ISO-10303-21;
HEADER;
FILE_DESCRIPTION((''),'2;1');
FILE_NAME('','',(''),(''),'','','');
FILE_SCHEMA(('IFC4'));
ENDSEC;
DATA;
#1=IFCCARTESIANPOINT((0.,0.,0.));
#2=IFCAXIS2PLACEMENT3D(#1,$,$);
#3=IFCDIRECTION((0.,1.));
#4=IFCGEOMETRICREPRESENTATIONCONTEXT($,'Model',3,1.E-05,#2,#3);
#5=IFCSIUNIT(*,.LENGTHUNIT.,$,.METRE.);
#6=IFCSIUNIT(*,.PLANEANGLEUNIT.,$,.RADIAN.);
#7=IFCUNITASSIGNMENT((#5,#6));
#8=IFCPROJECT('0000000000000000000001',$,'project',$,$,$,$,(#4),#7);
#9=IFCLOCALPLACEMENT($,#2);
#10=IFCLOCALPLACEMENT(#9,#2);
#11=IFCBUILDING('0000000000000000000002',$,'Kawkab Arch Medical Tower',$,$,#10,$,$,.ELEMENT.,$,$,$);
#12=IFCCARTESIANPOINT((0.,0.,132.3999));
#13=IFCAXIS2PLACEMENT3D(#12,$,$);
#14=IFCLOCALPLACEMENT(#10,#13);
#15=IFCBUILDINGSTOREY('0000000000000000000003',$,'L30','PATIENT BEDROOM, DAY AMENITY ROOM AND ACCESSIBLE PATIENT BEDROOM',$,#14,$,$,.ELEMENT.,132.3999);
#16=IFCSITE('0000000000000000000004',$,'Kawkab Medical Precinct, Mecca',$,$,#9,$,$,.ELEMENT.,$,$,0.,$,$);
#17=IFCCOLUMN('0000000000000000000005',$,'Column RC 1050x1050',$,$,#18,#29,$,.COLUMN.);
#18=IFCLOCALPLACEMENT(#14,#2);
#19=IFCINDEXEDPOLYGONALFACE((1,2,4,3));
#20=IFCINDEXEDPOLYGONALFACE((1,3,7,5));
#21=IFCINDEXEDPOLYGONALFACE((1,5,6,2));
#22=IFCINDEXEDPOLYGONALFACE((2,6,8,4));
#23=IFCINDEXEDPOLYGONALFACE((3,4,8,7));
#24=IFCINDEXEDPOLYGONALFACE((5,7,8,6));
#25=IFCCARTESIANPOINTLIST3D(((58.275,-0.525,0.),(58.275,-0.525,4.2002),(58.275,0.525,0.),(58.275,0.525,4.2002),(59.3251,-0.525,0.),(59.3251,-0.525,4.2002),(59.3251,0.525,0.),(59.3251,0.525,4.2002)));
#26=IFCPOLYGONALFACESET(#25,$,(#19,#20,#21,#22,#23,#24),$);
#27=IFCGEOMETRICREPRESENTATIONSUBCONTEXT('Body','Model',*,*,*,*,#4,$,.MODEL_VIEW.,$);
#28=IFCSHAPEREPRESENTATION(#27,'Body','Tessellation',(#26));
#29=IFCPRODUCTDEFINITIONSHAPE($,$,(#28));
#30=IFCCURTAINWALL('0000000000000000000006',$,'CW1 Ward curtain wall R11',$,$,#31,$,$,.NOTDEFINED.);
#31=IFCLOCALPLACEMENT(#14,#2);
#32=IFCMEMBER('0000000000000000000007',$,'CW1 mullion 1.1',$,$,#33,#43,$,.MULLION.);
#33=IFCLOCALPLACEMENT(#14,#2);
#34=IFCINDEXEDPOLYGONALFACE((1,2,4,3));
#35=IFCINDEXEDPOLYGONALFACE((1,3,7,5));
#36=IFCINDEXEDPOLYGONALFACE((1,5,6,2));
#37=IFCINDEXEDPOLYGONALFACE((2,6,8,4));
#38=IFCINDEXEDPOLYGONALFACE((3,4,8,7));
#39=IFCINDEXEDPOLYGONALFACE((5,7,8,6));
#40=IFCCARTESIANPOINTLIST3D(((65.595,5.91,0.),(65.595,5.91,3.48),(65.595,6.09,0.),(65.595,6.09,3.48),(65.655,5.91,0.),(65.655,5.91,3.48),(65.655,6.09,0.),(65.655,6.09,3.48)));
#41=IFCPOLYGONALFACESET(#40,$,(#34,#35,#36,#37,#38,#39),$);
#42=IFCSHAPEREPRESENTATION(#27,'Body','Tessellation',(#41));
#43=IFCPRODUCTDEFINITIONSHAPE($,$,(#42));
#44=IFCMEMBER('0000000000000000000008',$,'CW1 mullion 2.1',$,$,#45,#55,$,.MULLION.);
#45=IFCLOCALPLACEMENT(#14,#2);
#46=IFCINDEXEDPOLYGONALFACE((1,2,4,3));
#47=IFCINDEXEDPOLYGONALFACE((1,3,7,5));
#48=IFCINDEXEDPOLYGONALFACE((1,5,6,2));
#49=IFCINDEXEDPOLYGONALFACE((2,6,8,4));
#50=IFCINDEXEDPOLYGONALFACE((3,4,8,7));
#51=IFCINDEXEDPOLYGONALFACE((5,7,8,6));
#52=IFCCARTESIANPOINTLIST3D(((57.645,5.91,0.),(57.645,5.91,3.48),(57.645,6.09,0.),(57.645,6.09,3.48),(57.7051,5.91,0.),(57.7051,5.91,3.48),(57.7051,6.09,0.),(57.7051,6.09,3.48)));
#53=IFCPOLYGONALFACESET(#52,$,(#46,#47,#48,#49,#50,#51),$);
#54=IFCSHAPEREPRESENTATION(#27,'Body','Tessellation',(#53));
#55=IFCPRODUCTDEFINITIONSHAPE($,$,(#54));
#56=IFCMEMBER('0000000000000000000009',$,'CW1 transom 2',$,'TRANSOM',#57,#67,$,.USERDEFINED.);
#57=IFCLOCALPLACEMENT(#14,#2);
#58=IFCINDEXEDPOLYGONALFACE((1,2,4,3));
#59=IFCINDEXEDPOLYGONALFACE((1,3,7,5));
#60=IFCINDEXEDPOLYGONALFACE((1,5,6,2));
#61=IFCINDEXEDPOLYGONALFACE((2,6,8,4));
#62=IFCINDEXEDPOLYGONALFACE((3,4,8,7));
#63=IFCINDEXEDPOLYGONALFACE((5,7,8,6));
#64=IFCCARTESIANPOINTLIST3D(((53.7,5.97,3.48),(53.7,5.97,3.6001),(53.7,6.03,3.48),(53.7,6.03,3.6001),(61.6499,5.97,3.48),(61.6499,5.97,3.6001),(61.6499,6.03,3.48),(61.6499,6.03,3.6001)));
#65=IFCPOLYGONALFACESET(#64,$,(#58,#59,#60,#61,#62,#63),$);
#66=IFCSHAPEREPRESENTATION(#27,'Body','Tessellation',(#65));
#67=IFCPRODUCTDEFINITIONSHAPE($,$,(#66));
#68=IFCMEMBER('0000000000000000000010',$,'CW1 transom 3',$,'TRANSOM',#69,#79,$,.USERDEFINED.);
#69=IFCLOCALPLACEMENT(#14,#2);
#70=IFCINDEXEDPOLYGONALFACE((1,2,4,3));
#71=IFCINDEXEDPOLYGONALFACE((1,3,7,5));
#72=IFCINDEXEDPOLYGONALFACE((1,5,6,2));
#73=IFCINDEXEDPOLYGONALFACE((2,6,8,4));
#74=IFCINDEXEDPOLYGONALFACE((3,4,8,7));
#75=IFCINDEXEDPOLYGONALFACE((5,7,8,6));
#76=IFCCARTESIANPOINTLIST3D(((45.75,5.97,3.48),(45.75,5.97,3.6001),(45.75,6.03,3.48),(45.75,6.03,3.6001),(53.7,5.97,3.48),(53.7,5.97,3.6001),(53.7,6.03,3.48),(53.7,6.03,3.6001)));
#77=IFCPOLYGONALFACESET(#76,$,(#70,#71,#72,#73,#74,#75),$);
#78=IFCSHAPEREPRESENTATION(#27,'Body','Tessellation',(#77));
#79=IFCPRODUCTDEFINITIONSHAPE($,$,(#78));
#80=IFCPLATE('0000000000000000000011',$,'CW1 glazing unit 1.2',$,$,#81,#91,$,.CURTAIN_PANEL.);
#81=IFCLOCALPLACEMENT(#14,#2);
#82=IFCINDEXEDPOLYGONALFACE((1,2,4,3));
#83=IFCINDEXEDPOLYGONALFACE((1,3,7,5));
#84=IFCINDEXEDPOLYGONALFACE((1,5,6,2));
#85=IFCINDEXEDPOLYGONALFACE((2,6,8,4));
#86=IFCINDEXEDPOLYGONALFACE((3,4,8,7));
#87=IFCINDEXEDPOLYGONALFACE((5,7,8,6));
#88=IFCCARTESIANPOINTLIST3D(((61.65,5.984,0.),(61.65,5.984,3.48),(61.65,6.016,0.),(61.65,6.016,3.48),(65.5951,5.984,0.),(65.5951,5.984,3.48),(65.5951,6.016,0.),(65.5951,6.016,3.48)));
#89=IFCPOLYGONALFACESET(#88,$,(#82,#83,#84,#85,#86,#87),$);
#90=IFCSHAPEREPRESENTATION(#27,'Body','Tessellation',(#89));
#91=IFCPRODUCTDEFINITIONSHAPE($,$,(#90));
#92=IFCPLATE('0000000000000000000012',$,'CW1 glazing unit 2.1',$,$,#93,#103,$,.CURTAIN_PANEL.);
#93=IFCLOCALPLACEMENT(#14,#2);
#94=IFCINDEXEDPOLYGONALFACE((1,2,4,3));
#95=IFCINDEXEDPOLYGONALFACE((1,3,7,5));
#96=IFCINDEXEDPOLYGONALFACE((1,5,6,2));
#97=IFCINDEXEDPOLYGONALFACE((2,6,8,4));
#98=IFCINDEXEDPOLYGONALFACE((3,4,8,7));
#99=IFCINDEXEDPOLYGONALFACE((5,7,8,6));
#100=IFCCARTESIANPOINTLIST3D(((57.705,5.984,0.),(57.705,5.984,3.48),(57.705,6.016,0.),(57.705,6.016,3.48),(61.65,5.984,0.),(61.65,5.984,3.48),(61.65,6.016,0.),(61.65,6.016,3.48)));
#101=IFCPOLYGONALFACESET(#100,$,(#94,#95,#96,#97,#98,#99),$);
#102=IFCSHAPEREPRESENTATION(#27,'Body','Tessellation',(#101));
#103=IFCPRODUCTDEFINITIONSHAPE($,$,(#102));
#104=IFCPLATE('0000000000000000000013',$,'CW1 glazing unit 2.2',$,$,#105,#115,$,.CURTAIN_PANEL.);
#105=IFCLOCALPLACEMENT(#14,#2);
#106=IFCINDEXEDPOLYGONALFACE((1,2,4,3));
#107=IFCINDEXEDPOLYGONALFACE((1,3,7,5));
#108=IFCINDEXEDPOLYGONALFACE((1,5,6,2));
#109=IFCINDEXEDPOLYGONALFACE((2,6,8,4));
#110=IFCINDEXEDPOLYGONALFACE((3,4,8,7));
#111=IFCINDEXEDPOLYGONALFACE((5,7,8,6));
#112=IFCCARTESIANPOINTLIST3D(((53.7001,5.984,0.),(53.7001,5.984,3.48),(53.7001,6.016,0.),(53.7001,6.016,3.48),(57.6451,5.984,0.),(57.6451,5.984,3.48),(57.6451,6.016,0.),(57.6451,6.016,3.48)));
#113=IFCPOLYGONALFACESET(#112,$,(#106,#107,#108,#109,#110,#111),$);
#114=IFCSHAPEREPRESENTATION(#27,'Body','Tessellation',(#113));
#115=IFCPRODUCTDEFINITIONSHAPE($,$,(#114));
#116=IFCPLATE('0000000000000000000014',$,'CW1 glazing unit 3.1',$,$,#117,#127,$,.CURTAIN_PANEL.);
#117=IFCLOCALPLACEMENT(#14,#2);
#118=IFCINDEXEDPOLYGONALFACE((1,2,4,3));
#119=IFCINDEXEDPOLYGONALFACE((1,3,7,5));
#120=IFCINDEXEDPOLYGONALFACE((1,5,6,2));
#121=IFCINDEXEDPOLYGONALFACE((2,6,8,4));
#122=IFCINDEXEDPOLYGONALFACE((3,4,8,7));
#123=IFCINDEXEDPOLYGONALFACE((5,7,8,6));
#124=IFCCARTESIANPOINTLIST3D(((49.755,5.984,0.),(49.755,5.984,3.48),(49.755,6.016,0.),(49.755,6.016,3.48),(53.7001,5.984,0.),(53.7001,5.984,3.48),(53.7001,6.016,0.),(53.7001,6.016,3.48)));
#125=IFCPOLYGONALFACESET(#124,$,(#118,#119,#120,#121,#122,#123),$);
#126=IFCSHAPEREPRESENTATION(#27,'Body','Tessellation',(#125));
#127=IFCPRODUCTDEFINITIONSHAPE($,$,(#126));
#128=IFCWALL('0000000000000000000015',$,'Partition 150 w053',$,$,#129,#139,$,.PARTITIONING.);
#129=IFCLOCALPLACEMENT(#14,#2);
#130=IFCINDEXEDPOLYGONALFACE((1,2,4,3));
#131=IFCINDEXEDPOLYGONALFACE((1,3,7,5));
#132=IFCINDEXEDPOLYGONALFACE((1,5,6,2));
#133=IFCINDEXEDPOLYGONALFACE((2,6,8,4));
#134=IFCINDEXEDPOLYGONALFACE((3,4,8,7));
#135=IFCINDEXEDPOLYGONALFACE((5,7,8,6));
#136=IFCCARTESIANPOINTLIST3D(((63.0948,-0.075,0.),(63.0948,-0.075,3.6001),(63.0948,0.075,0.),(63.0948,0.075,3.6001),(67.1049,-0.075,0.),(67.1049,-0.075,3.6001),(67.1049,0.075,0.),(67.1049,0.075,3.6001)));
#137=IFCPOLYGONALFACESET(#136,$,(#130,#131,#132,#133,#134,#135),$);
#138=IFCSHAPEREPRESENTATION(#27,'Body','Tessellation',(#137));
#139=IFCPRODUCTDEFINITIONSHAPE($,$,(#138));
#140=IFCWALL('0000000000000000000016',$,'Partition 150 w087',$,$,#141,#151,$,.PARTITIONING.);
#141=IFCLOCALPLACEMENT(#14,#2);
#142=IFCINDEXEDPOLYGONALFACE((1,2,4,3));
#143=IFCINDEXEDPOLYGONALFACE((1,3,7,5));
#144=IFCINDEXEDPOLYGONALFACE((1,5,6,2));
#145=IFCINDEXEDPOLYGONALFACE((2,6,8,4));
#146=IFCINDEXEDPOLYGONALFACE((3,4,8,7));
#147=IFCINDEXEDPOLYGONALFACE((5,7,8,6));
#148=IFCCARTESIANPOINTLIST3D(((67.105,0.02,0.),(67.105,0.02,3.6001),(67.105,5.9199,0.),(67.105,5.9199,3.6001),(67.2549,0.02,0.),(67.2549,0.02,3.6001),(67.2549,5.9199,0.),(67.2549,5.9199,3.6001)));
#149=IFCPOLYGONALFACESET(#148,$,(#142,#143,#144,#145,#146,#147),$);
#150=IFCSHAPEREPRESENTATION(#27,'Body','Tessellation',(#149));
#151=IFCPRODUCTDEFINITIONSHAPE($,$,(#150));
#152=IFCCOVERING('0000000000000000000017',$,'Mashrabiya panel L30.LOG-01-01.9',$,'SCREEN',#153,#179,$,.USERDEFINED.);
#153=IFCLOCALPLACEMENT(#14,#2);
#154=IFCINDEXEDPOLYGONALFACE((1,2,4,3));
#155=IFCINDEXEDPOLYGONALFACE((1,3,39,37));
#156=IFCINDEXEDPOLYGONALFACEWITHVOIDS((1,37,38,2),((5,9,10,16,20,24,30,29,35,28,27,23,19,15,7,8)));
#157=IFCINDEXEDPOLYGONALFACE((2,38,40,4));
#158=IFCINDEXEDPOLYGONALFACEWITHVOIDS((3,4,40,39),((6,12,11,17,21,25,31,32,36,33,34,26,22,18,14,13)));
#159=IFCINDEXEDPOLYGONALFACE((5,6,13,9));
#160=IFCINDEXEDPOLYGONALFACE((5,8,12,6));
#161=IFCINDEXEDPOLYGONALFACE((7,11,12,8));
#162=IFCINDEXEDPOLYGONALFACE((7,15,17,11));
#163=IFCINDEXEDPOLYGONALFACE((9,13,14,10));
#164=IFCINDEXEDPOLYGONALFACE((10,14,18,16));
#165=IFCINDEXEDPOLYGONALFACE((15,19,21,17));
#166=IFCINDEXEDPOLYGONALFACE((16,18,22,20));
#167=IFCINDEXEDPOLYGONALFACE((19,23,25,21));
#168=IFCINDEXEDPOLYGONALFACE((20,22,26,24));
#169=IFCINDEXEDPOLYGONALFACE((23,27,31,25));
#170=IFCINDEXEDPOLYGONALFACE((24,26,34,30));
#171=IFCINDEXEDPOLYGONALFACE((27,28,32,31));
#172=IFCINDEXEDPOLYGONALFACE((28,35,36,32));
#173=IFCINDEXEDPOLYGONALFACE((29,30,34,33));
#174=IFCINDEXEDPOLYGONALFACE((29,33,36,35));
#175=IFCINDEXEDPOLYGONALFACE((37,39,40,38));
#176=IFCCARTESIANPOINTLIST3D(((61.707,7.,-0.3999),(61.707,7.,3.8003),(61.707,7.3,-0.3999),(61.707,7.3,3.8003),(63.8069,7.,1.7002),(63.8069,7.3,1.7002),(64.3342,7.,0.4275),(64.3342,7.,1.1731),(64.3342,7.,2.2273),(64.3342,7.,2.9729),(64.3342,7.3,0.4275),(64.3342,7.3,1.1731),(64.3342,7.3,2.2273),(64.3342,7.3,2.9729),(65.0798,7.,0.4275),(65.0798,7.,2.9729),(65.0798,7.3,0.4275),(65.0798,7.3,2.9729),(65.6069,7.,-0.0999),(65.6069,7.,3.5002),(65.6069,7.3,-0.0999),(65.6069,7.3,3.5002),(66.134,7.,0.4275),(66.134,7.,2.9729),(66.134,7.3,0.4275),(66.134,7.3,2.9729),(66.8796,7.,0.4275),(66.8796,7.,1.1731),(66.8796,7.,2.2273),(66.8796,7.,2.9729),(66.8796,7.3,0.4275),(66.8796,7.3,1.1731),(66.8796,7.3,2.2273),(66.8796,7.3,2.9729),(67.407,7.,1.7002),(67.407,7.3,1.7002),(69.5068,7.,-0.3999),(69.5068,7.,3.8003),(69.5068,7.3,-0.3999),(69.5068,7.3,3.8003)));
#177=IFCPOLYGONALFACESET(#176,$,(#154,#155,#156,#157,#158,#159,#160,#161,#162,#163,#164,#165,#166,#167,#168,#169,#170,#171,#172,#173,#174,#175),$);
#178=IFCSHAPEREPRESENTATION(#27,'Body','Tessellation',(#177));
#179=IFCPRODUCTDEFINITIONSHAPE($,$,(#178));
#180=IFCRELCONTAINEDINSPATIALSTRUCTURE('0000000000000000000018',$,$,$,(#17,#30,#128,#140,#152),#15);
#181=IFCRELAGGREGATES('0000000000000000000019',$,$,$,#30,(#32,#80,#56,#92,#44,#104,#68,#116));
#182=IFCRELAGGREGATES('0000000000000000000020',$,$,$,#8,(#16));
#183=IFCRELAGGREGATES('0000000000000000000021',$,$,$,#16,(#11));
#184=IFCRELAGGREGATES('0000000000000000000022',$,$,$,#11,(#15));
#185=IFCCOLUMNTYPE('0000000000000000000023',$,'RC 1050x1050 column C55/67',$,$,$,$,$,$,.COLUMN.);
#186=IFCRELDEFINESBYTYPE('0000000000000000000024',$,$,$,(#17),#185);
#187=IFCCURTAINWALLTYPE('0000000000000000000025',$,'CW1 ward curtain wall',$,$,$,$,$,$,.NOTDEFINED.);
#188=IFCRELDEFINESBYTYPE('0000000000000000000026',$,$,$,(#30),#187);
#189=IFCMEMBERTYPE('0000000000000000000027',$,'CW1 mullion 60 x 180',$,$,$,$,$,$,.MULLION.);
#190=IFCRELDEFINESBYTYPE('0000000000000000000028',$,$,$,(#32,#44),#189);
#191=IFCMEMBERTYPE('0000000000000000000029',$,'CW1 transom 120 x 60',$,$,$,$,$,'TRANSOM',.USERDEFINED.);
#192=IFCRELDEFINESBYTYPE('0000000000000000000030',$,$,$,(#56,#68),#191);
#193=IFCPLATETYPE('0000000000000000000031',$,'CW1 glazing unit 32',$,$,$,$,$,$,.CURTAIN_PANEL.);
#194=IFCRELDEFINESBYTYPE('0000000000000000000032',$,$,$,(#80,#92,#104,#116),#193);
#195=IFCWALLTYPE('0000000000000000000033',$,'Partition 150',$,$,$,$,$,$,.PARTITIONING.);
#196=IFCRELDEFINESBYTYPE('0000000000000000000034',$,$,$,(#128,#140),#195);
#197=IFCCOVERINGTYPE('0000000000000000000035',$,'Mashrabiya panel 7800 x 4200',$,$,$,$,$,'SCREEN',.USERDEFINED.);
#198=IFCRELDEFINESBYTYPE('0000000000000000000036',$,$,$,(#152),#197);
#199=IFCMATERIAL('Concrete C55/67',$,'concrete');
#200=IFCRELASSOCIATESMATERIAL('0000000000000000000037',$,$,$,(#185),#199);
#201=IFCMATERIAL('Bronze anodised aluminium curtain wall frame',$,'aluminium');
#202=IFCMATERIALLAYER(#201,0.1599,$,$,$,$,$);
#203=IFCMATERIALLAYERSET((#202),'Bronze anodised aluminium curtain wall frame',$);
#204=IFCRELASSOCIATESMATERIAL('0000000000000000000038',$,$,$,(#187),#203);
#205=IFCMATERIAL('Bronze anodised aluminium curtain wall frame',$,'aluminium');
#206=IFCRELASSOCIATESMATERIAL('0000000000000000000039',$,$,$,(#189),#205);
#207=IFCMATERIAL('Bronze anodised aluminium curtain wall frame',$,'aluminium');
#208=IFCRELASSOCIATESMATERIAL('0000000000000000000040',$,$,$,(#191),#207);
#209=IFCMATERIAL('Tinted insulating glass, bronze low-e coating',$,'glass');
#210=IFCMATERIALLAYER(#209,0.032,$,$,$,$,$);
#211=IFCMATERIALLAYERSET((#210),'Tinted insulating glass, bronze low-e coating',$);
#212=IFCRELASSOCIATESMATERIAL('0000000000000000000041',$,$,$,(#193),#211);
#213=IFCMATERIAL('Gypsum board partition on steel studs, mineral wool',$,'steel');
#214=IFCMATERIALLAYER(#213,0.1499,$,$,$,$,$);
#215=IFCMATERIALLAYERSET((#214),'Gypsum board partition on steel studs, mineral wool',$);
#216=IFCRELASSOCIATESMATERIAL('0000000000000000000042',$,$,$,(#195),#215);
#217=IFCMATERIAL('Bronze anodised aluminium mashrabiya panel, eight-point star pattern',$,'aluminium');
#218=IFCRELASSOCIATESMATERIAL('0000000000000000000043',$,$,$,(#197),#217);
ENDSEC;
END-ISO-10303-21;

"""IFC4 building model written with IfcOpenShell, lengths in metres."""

from ifc_helpers import new_model, si_unit, direction, frame, frame_2d, origin, origin_2d, place, context, subcontext, project, spatial, polyline, rectangle, outline, extrude, material, layer, layer_set, material_profile, profile_set, type_object, element, aggregate, save


model = new_model("IFC4")

# Units and contexts
model_context = context("Model", 3, precision=1e-05, world=origin(), true_north=direction((0.0, 1.0)))
body_context = subcontext(model_context, "Body", "Model", "MODEL_VIEW")
ifc_project = project(units=[si_unit("LENGTHUNIT", "METRE"), si_unit("PLANEANGLEUNIT", "RADIAN")], contexts=[model_context])

# Site, building, storey
site_placement = place(None, origin())
site = spatial("IfcSite", under=ifc_project, at=site_placement, Name="Kawkab Medical Precinct, Mecca", CompositionType="ELEMENT", RefElevation=0.0)
building_placement = place(site_placement, origin())
building = spatial("IfcBuilding", under=site, at=building_placement, Name="Kawkab Arch Medical Tower", CompositionType="ELEMENT")
storey_placement = place(building_placement, frame((0.0, 0.0, 132.3999)))
storey = spatial("IfcBuildingStorey", under=building, at=storey_placement, Name="L30", Description="PATIENT BEDROOM, DAY AMENITY ROOM AND ACCESSIBLE PATIENT BEDROOM", CompositionType="ELEMENT", Elevation=132.3999)

# Column
ifc_material_1 = material(Name="Concrete C55/67", Category="concrete")
ifc_material_profile_1 = material_profile(ifc_material_1, rectangle(XDim=1.05, YDim=1.05, at=origin_2d()), Name="RC 1050x1050")
ifc_profile_set_1 = profile_set([ifc_material_profile_1], Name="Concrete C55/67")
column_type = type_object("IfcColumnType", Name="RC 1050x1050 column C55/67", PredefinedType="COLUMN", material=ifc_profile_set_1)
column_placement = place(storey_placement, frame((58.8, 0.0, 0.0), z_axis=(0.0, 0.0, 1.0), x_axis=(1.0, 0.0, 0.0)))
element("IfcColumn", 1, at=column_placement, inside=storey, type_object=column_type, Name="Column RC 1050x1050", PredefinedType="COLUMN", context=body_context, shape_type="SweptSolid", body=[
    extrude(rectangle(XDim=1.05, YDim=1.05, at=origin_2d()), origin(), (0.0, 0.0, 1.0), 4.2002),
])

# Curtain wall, members, plates
ifc_material_2 = material(Name="Bronze anodised aluminium curtain wall frame", Category="aluminium")
ifc_layer_1 = layer(ifc_material_2, 0.1599)
ifc_layer_set_1 = layer_set([ifc_layer_1], Name="Bronze anodised aluminium curtain wall frame")
curtain_wall_type = type_object("IfcCurtainWallType", Name="CW1 ward curtain wall", PredefinedType="NOTDEFINED", material=ifc_layer_set_1)
curtain_wall_placement = place(storey_placement, origin())
curtain_wall = element("IfcCurtainWall", 2, at=curtain_wall_placement, inside=storey, type_object=curtain_wall_type, Name="CW1 Ward curtain wall R11", PredefinedType="NOTDEFINED")
ifc_material_3 = material(Name="Bronze anodised aluminium curtain wall frame", Category="aluminium")
ifc_material_profile_2 = material_profile(ifc_material_3, rectangle(XDim=0.1799, YDim=0.0601, at=origin_2d()), Name="AL 60x180")
ifc_profile_set_2 = profile_set([ifc_material_profile_2], Name="Bronze anodised aluminium curtain wall frame")
member_type_1 = type_object("IfcMemberType", Name="CW1 mullion 60 x 180", PredefinedType="MULLION", material=ifc_profile_set_2)
member_1_placement = place(storey_placement, frame((65.625, 6.0, 0.0), z_axis=(0.0, 0.0, 1.0), x_axis=(0.0, -1.0, 0.0)))
member_1 = element("IfcMember", 3, at=member_1_placement, type_object=member_type_1, Name="CW1 mullion 1.1", PredefinedType="MULLION", context=body_context, shape_type="SweptSolid", body=[
    extrude(rectangle(XDim=0.1799, YDim=0.0601, at=origin_2d()), origin(), (0.0, 0.0, 1.0), 3.48),
])
member_2_placement = place(storey_placement, frame((57.675, 6.0, 0.0), z_axis=(0.0, 0.0, 1.0), x_axis=(0.0, -1.0, 0.0)))
member_2 = element("IfcMember", 4, at=member_2_placement, type_object=member_type_1, Name="CW1 mullion 2.1", PredefinedType="MULLION", context=body_context, shape_type="SweptSolid", body=[
    extrude(rectangle(XDim=0.1799, YDim=0.0601, at=origin_2d()), origin(), (0.0, 0.0, 1.0), 3.48),
])
ifc_material_4 = material(Name="Bronze anodised aluminium curtain wall frame", Category="aluminium")
ifc_material_profile_3 = material_profile(ifc_material_4, rectangle(XDim=0.0601, YDim=0.1201, at=origin_2d()), Name="AL 60x120")
ifc_profile_set_3 = profile_set([ifc_material_profile_3], Name="Bronze anodised aluminium curtain wall frame")
member_type_2 = type_object("IfcMemberType", Name="CW1 transom 120 x 60", ElementType="TRANSOM", PredefinedType="USERDEFINED", material=ifc_profile_set_3)
member_3_placement = place(storey_placement, frame((61.6499, 6.0, 3.54), z_axis=(-1.0, 0.0, 0.0), x_axis=(0.0, -1.0, 0.0)))
member_3 = element("IfcMember", 5, at=member_3_placement, type_object=member_type_2, Name="CW1 transom 2", ObjectType="TRANSOM", PredefinedType="USERDEFINED", context=body_context, shape_type="SweptSolid", body=[
    extrude(rectangle(XDim=0.0601, YDim=0.1201, at=origin_2d()), origin(), (0.0, 0.0, 1.0), 7.95),
])
member_4_placement = place(storey_placement, frame((53.7, 6.0, 3.54), z_axis=(-1.0, 0.0, 0.0), x_axis=(0.0, -1.0, 0.0)))
member_4 = element("IfcMember", 6, at=member_4_placement, type_object=member_type_2, Name="CW1 transom 3", ObjectType="TRANSOM", PredefinedType="USERDEFINED", context=body_context, shape_type="SweptSolid", body=[
    extrude(rectangle(XDim=0.0601, YDim=0.1201, at=origin_2d()), origin(), (0.0, 0.0, 1.0), 7.95),
])
ifc_material_5 = material(Name="Tinted insulating glass, bronze low-e coating", Category="glass")
ifc_layer_2 = layer(ifc_material_5, 0.032)
ifc_layer_set_2 = layer_set([ifc_layer_2], Name="Tinted insulating glass, bronze low-e coating")
plate_type = type_object("IfcPlateType", Name="CW1 glazing unit 32", PredefinedType="CURTAIN_PANEL", material=ifc_layer_set_2)
plate_1_placement = place(storey_placement, frame((63.6226, 6.0, 0.0), z_axis=(0.0, 0.0, 1.0), x_axis=(-1.0, 0.0, 0.0)))
plate_1 = element("IfcPlate", 7, at=plate_1_placement, type_object=plate_type, Name="CW1 glazing unit 1.2", PredefinedType="CURTAIN_PANEL", context=body_context, shape_type="SweptSolid", body=[
    extrude(rectangle(XDim=3.9451, YDim=0.032, at=origin_2d()), origin(), (0.0, 0.0, 1.0), 3.48),
])
plate_2_placement = place(storey_placement, frame((59.6775, 6.0, 0.0), z_axis=(0.0, 0.0, 1.0), x_axis=(-1.0, 0.0, 0.0)))
plate_2 = element("IfcPlate", 8, at=plate_2_placement, type_object=plate_type, Name="CW1 glazing unit 2.1", PredefinedType="CURTAIN_PANEL", context=body_context, shape_type="SweptSolid", body=[
    extrude(rectangle(XDim=3.9451, YDim=0.032, at=origin_2d()), origin(), (0.0, 0.0, 1.0), 3.48),
])
plate_3_placement = place(storey_placement, frame((55.6726, 6.0, 0.0), z_axis=(0.0, 0.0, 1.0), x_axis=(-1.0, 0.0, 0.0)))
plate_3 = element("IfcPlate", 9, at=plate_3_placement, type_object=plate_type, Name="CW1 glazing unit 2.2", PredefinedType="CURTAIN_PANEL", context=body_context, shape_type="SweptSolid", body=[
    extrude(rectangle(XDim=3.9451, YDim=0.032, at=origin_2d()), origin(), (0.0, 0.0, 1.0), 3.48),
])
plate_4_placement = place(storey_placement, frame((51.7275, 6.0, 0.0), z_axis=(0.0, 0.0, 1.0), x_axis=(-1.0, 0.0, 0.0)))
plate_4 = element("IfcPlate", 10, at=plate_4_placement, type_object=plate_type, Name="CW1 glazing unit 3.1", PredefinedType="CURTAIN_PANEL", context=body_context, shape_type="SweptSolid", body=[
    extrude(rectangle(XDim=3.9451, YDim=0.032, at=origin_2d()), origin(), (0.0, 0.0, 1.0), 3.48),
])
aggregate(curtain_wall, [member_1, plate_1, member_3, plate_2, member_2, plate_3, member_4, plate_4])

# Walls
ifc_material_6 = material(Name="Gypsum board partition on steel studs, mineral wool", Category="steel")
ifc_layer_3 = layer(ifc_material_6, 0.1499)
ifc_layer_set_3 = layer_set([ifc_layer_3], Name="Gypsum board partition on steel studs, mineral wool")
wall_type = type_object("IfcWallType", Name="Partition 150", PredefinedType="PARTITIONING", material=ifc_layer_set_3)
wall_1_placement = place(storey_placement, frame((63.095, 0.0, 0.0), z_axis=(0.0, 0.0, 1.0), x_axis=(1.0, 0.0, 0.0)))
element("IfcWall", 11, at=wall_1_placement, inside=storey, type_object=wall_type, Name="Partition 150 w053", PredefinedType="PARTITIONING", context=body_context, shape_type="SweptSolid", body=[
    extrude(rectangle(XDim=4.01, YDim=0.1499, at=frame_2d((2.0049, 0.0))), origin(), (0.0, 0.0, 1.0), 3.6001),
])
wall_2_placement = place(storey_placement, frame((67.1799, 0.02, 0.0), z_axis=(0.0, 0.0, 1.0), x_axis=(0.0, 1.0, 0.0)))
element("IfcWall", 12, at=wall_2_placement, inside=storey, type_object=wall_type, Name="Partition 150 w087", PredefinedType="PARTITIONING", context=body_context, shape_type="SweptSolid", body=[
    extrude(rectangle(XDim=5.8999, YDim=0.1499, at=frame_2d((2.95, 0.0))), origin(), (0.0, 0.0, 1.0), 3.6001),
])

# Covering
ifc_material_7 = material(Name="Bronze anodised aluminium mashrabiya panel, eight-point star pattern", Category="aluminium")
ifc_material_profile_4 = material_profile(ifc_material_7, outline(polyline([(-3.8999, -2.1001), (3.8999, -2.1001), (3.8999, 2.1001), (-3.8999, 2.1001), (-3.8999, -2.1001)]), holes=[polyline([(1.8, 0.0), (1.2727, 0.5271), (1.2727, 1.2727), (0.5271, 1.2727), (0.0, 1.8), (-0.5271, 1.2727), (-1.2727, 1.2727), (-1.2727, 0.5271), (-1.8, 0.0), (-1.2727, -0.5271), (-1.2727, -1.2727), (-0.5271, -1.2727), (0.0, -1.8), (0.5271, -1.2727), (1.2727, -1.2727), (1.2727, -0.5271), (1.8, 0.0)])]), Name="Mashrabiya panel 7800x4200")
ifc_profile_set_4 = profile_set([ifc_material_profile_4], Name="Bronze anodised aluminium mashrabiya panel, eight-point star pattern")
covering_type_1 = type_object("IfcCoveringType", Name="Mashrabiya panel 7800 x 4200", ElementType="SCREEN", PredefinedType="USERDEFINED", material=ifc_profile_set_4)
covering_1_placement = place(storey_placement, frame((65.6069, 7.0, 1.7002), z_axis=(0.0, 1.0, 0.0), x_axis=(-1.0, 0.0, 0.0)))
element("IfcCovering", 13, at=covering_1_placement, inside=storey, type_object=covering_type_1, Name="Mashrabiya panel L30.LOG-01-01.9", ObjectType="SCREEN", PredefinedType="USERDEFINED", context=body_context, shape_type="SweptSolid", body=[
    extrude(outline(polyline([(-3.8999, -2.1001), (3.8999, -2.1001), (3.8999, 2.1001), (-3.8999, 2.1001), (-3.8999, -2.1001)]), holes=[polyline([(1.8, 0.0), (1.2727, 0.5271), (1.2727, 1.2727), (0.5271, 1.2727), (0.0, 1.8), (-0.5271, 1.2727), (-1.2727, 1.2727), (-1.2727, 0.5271), (-1.8, 0.0), (-1.2727, -0.5271), (-1.2727, -1.2727), (-0.5271, -1.2727), (0.0, -1.8), (0.5271, -1.2727), (1.2727, -1.2727), (1.2727, -0.5271), (1.8, 0.0)])]), origin(), (0.0, 0.0, 1.0), 0.3),
])

save(model, "model.ifc")
